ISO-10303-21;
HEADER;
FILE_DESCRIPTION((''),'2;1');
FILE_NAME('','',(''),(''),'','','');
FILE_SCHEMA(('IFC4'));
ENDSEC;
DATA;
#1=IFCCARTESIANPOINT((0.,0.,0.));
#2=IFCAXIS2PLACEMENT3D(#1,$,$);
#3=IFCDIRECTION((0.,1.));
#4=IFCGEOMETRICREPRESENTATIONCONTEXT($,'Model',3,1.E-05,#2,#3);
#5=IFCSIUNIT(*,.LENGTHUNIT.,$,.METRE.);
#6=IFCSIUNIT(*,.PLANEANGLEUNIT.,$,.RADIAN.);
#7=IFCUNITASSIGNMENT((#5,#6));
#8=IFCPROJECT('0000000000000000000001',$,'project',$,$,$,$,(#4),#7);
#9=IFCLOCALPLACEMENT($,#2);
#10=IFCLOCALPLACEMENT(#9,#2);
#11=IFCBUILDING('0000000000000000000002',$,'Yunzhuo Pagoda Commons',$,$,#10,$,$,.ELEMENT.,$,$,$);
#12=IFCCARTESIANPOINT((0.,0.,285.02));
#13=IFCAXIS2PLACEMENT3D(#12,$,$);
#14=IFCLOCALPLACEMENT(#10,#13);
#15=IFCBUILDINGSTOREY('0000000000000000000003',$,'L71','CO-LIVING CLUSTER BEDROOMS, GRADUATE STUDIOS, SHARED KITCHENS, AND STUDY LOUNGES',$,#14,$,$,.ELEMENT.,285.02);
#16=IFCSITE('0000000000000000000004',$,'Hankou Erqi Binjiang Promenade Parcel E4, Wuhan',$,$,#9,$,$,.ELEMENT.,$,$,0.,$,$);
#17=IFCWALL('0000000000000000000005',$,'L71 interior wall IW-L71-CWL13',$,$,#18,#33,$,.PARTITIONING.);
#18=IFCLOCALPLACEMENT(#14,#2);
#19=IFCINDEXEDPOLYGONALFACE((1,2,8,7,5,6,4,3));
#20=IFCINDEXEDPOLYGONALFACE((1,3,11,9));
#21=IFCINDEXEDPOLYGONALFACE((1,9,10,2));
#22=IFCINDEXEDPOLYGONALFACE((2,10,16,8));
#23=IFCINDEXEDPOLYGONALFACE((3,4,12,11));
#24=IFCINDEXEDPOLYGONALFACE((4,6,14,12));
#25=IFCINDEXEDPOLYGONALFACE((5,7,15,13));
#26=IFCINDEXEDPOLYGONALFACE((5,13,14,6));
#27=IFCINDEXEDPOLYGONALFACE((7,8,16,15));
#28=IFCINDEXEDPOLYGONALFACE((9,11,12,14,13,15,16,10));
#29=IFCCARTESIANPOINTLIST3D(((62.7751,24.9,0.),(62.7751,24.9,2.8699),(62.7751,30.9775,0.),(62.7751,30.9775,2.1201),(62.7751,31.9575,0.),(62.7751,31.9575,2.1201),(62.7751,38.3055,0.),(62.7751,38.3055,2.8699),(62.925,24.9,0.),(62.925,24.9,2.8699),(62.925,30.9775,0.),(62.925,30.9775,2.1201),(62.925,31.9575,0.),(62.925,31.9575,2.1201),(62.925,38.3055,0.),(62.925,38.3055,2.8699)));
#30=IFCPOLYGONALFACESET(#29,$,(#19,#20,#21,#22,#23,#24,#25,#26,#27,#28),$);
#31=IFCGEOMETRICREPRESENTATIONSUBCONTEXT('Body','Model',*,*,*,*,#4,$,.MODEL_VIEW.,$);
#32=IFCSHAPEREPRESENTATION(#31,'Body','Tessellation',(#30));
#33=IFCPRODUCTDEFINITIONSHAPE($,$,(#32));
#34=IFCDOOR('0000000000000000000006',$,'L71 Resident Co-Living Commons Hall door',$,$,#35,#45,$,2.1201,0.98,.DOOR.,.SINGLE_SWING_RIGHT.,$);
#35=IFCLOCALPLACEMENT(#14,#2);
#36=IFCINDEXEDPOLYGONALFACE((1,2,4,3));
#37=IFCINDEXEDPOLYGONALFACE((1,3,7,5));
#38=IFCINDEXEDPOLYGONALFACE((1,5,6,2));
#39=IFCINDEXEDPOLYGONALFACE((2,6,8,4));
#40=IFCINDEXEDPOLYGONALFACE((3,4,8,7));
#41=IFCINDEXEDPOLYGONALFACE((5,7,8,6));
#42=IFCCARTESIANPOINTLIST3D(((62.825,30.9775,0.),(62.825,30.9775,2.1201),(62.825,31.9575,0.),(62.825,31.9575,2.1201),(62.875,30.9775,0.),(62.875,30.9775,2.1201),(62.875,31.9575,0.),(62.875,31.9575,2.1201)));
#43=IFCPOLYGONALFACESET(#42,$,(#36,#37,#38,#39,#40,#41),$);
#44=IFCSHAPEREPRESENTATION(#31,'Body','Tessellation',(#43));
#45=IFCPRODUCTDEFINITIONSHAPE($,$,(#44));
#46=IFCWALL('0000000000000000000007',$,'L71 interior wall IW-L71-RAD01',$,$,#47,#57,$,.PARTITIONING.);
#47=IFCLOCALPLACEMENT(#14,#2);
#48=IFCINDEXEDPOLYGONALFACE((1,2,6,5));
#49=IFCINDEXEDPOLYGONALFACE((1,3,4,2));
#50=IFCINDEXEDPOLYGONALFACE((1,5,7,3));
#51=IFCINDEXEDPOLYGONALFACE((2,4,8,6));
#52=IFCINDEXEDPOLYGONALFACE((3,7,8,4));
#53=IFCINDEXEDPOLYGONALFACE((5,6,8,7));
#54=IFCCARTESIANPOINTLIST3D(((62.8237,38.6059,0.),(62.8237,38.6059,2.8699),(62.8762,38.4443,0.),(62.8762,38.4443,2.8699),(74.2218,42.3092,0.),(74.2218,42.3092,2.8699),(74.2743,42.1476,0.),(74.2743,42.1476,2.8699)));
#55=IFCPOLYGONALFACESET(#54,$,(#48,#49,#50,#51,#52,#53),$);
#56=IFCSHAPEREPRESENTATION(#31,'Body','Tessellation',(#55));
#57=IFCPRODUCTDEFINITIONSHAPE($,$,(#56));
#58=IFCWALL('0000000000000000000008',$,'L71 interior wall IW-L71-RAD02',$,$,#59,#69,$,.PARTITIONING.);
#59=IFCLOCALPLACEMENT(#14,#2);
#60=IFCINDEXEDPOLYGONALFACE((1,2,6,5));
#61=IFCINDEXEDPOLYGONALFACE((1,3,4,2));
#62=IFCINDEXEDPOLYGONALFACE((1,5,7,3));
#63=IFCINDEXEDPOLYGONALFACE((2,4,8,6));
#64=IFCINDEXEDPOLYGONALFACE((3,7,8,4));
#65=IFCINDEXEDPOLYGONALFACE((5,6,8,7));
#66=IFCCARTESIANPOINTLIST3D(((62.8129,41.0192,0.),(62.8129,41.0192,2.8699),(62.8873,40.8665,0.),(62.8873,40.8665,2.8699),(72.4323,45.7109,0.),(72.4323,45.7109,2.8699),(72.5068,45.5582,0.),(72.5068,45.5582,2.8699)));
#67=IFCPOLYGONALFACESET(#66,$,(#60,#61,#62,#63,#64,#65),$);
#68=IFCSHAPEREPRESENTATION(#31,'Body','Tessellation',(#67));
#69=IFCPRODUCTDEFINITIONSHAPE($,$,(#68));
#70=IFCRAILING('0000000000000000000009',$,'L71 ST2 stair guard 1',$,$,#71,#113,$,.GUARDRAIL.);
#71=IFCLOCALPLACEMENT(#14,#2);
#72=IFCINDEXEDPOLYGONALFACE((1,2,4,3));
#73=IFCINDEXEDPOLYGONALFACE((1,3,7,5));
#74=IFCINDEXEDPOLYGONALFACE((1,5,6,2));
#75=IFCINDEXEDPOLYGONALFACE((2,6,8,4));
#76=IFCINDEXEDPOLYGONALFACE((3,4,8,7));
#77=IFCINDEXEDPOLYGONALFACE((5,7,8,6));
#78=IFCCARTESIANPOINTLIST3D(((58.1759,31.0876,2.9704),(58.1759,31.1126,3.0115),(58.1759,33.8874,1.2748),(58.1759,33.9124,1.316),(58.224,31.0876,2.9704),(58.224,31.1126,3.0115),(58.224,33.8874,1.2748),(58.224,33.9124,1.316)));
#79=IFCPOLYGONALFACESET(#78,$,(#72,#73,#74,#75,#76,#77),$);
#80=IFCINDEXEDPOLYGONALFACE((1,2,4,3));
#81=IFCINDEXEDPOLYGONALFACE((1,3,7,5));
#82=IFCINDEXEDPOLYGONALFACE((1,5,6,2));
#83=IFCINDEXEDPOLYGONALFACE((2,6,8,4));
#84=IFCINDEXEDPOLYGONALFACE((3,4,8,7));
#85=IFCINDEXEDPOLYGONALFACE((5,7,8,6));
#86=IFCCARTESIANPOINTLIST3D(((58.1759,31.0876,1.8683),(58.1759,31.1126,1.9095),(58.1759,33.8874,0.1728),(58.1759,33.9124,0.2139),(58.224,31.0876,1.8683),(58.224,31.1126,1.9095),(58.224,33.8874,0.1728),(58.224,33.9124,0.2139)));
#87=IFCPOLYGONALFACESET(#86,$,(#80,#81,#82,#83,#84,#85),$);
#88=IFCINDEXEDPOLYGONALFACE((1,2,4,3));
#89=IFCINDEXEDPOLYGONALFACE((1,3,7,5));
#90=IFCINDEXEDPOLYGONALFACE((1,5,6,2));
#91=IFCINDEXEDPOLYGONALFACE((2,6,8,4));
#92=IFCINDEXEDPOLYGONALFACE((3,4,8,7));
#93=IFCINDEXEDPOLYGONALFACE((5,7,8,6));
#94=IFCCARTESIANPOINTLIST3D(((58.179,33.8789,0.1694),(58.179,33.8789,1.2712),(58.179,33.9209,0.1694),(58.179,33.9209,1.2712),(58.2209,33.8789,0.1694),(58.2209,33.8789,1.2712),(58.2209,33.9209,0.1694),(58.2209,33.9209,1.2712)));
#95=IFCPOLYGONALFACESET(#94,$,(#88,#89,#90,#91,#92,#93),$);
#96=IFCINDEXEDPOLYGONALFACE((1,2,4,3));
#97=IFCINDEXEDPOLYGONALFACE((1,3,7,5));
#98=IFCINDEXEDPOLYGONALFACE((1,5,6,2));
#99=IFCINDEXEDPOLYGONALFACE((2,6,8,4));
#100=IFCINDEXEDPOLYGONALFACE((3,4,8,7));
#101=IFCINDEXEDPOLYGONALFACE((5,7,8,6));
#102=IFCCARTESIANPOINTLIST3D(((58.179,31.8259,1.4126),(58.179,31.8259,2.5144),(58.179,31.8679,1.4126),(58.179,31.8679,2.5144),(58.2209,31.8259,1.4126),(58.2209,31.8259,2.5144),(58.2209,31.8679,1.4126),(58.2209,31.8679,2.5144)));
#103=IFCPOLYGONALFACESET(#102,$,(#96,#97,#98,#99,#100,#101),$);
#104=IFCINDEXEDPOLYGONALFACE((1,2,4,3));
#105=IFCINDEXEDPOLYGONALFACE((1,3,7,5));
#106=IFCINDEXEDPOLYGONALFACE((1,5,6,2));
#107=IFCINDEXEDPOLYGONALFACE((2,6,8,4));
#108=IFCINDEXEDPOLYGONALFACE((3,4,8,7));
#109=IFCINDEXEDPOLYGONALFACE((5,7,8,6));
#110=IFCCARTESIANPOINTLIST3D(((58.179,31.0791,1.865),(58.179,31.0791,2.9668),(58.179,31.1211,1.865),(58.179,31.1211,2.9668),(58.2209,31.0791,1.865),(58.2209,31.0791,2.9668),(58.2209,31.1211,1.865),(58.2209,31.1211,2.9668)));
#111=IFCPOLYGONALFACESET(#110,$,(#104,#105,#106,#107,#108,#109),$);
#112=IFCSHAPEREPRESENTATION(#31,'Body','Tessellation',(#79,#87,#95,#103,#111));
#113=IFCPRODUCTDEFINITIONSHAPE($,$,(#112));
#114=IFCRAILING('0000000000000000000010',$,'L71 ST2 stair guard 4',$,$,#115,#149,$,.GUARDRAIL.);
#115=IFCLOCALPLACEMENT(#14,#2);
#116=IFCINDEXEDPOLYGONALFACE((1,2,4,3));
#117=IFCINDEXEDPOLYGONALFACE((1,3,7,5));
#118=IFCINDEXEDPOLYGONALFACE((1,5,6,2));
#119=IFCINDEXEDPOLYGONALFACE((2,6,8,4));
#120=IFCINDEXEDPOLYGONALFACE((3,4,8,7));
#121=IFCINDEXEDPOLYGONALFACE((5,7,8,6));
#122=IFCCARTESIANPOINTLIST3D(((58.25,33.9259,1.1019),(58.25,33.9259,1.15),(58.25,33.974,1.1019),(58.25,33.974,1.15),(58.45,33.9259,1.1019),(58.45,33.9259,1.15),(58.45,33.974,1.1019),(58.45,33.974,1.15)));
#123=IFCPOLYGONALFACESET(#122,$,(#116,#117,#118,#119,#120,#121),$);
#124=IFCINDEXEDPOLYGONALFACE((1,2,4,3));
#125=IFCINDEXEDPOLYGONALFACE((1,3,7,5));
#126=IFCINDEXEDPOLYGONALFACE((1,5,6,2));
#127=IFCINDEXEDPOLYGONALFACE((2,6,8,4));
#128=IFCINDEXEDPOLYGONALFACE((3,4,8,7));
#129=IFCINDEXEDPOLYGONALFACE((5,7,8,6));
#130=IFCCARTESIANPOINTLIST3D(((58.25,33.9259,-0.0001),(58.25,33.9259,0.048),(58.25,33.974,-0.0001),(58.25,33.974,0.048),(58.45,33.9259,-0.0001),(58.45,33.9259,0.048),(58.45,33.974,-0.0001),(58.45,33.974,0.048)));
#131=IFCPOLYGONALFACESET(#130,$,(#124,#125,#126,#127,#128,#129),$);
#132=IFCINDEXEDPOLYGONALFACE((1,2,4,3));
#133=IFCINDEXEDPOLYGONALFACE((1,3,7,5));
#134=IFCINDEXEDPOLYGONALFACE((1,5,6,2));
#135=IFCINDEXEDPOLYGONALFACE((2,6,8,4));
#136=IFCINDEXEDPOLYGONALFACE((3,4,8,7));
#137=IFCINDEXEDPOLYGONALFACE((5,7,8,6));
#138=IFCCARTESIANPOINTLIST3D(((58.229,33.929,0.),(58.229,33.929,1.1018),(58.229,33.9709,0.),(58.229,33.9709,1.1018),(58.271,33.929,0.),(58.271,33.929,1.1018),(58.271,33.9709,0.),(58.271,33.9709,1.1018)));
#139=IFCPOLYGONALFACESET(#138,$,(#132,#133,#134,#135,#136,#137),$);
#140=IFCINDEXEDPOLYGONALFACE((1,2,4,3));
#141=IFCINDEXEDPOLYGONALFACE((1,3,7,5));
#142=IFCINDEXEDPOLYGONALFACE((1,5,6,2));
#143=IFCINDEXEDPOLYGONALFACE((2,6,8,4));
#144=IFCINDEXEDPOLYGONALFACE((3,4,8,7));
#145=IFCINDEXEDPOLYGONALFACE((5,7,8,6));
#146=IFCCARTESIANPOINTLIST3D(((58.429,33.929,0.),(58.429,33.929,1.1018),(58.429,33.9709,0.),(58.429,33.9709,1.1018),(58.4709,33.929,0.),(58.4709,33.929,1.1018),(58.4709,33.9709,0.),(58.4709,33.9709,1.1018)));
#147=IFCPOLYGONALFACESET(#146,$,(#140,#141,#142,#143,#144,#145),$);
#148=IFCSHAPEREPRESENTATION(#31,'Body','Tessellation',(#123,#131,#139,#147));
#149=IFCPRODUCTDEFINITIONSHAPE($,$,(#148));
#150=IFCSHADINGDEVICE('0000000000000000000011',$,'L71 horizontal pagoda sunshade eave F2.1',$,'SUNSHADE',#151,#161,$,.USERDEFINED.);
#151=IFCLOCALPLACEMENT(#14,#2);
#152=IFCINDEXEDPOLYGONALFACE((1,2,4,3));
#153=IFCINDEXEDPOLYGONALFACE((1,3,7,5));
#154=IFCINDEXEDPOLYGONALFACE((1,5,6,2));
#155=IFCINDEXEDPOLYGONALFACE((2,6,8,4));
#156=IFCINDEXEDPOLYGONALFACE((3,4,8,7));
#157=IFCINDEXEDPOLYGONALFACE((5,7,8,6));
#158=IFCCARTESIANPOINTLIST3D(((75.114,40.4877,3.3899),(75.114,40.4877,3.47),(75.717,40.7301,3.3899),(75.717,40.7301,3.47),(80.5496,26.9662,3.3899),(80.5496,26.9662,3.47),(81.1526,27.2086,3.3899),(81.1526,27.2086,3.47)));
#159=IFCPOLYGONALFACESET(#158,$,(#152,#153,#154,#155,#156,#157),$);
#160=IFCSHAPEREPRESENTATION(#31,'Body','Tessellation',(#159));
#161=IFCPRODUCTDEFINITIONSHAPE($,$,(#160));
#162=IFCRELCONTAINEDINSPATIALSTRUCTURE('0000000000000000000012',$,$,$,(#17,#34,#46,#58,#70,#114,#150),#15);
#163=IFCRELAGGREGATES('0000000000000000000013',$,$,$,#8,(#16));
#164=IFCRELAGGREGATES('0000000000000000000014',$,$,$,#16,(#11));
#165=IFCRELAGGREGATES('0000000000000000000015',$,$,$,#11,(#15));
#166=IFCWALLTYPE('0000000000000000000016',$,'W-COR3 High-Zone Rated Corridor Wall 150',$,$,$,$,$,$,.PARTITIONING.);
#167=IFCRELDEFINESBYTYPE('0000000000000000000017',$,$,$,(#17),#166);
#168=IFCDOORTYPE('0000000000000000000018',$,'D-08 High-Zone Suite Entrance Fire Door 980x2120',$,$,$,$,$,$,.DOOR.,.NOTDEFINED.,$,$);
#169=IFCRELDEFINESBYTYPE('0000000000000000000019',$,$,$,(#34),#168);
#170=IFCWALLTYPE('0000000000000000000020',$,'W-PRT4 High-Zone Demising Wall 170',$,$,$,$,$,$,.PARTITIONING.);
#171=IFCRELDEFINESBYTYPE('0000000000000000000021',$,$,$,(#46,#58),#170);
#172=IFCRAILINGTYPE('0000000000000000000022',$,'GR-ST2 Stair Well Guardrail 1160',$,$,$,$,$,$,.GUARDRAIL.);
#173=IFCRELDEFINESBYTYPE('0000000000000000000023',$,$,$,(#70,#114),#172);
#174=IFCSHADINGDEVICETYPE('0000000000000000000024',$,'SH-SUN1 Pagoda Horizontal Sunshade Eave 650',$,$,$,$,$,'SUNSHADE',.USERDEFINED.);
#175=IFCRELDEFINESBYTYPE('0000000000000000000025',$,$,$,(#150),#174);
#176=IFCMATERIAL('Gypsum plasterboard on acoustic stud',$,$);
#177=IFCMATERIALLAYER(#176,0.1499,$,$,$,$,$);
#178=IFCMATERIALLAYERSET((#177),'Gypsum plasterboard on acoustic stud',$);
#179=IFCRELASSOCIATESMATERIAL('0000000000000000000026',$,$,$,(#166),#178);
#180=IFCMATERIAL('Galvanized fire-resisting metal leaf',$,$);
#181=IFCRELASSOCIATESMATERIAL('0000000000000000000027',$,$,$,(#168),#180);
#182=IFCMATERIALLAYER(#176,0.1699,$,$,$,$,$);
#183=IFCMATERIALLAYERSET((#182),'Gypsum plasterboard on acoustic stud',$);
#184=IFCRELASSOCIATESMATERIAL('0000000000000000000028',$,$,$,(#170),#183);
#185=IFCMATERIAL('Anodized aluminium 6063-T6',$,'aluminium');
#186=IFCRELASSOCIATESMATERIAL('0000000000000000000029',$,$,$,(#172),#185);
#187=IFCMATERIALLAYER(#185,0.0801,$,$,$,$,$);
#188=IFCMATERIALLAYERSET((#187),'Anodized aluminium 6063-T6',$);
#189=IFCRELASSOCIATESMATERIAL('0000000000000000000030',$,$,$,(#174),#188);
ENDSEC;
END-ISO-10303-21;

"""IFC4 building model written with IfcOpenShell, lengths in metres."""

from ifc_helpers import new_model, si_unit, direction, frame, frame_2d, origin, origin_with_axes, origin_2d, place, context, subcontext, project, spatial, rectangle, extrude, source, transform, mapped, material, layer, layer_set, type_object, element, fill, save


model = new_model("IFC4")

# Units and contexts
model_context = context("Model", 3, precision=1e-05, world=origin(), true_north=direction((0.0, 1.0)))
body_context = subcontext(model_context, "Body", "Model", "MODEL_VIEW")
ifc_project = project(units=[si_unit("LENGTHUNIT", "METRE"), si_unit("PLANEANGLEUNIT", "RADIAN")], contexts=[model_context])

# Site, building, storey
site_placement = place(None, origin())
site = spatial("IfcSite", under=ifc_project, at=site_placement, Name="Hankou Erqi Binjiang Promenade Parcel E4, Wuhan", CompositionType="ELEMENT", RefElevation=0.0)
building_placement = place(site_placement, origin())
building = spatial("IfcBuilding", under=site, at=building_placement, Name="Yunzhuo Pagoda Commons", CompositionType="ELEMENT")
storey_placement = place(building_placement, frame((0.0, 0.0, 285.02)))
storey = spatial("IfcBuildingStorey", under=building, at=storey_placement, Name="L71", Description="CO-LIVING CLUSTER BEDROOMS, GRADUATE STUDIOS, SHARED KITCHENS, AND STUDY LOUNGES", CompositionType="ELEMENT", Elevation=285.02)

# Shared definitions
ifc_material_1 = material(Name="Anodized aluminium 6063-T6", Category="aluminium")

# Shared definitions
ifc_material_2 = material(Name="Gypsum plasterboard on acoustic stud")
ifc_layer_1 = layer(ifc_material_2, 0.1499)
ifc_layer_set_1 = layer_set([ifc_layer_1], Name="Gypsum plasterboard on acoustic stud")
wall_type_1 = type_object("IfcWallType", Name="W-COR3 High-Zone Rated Corridor Wall 150", PredefinedType="PARTITIONING", material=ifc_layer_set_1)

# Wall, opening, door
wall_1_placement = place(storey_placement, frame((62.8501, 38.3054, 0.0), z_axis=(0.0, 0.0, 1.0), x_axis=(0.0, -1.0, 0.0)))
wall_1 = element("IfcWall", 1, at=wall_1_placement, inside=storey, type_object=wall_type_1, Name="L71 interior wall IW-L71-CWL13", PredefinedType="PARTITIONING", context=body_context, shape_type="SweptSolid", body=[
    extrude(rectangle(XDim=13.4055, YDim=0.1499, at=frame_2d((6.7026, 0.0))), origin(), (0.0, 0.0, 1.0), 2.8699),
])
opening_1_placement = place(wall_1_placement, frame((6.3479, 0.0, 0.0)))
opening_1 = element("IfcOpeningElement", 2, at=opening_1_placement, cuts=wall_1, PredefinedType="OPENING", context=body_context, shape_type="SweptSolid", body=[
    extrude(rectangle(XDim=0.98, YDim=2.1201, at=frame_2d((0.49, 1.0601))), frame((0.0, 0.085, 0.0), z_axis=(0.0, -1.0, 0.0), x_axis=(1.0, 0.0, 0.0)), (0.0, 0.0, 1.0), 0.1699),
])
ifc_material_3 = material(Name="Galvanized fire-resisting metal leaf")
door_type_1 = type_object("IfcDoorType", Name="D-08 High-Zone Suite Entrance Fire Door 980x2120", OperationType="NOTDEFINED", PredefinedType="DOOR", material=ifc_material_3)
shared_shape_1 = source(origin(), body_context, "Body", "SweptSolid", [
    extrude(rectangle(XDim=0.98, YDim=2.1201, at=frame_2d((0.49, 1.0601))), frame((0.0, 0.0249, 0.0), z_axis=(0.0, -1.0, 0.0), x_axis=(1.0, 0.0, 0.0)), (0.0, 0.0, 1.0), 0.05),
])
door_1_placement = place(opening_1_placement, origin_with_axes())
door_1 = element("IfcDoor", 3, at=door_1_placement, inside=storey, type_object=door_type_1, Name="L71 Resident Co-Living Commons Hall door", OperationType="SINGLE_SWING_RIGHT", OverallHeight=2.1201, OverallWidth=0.98, PredefinedType="DOOR", context=body_context, shape_type="MappedRepresentation", body=[
    mapped(shared_shape_1, transform((0.0, 0.0, 0.0), scale=1.0)),
])
fill(opening_1, door_1)

# Walls
ifc_layer_2 = layer(ifc_material_2, 0.1699)
ifc_layer_set_2 = layer_set([ifc_layer_2], Name="Gypsum plasterboard on acoustic stud")
wall_type_2 = type_object("IfcWallType", Name="W-PRT4 High-Zone Demising Wall 170", PredefinedType="PARTITIONING", material=ifc_layer_set_2)
wall_2_placement = place(storey_placement, frame((62.8501, 38.5251, 0.0), z_axis=(0.0, 0.0, 1.0), x_axis=(0.95106, 0.309007, 0.0)))
element("IfcWall", 4, at=wall_2_placement, inside=storey, type_object=wall_type_2, Name="L71 interior wall IW-L71-RAD01", PredefinedType="PARTITIONING", context=body_context, shape_type="SweptSolid", body=[
    extrude(rectangle(XDim=11.9846, YDim=0.1699, at=frame_2d((5.9922, 0.0))), origin(), (0.0, 0.0, 1.0), 2.8699),
])
wall_3_placement = place(storey_placement, frame((62.8501, 40.9429, 0.0), z_axis=(0.0, 0.0, 1.0), x_axis=(0.898795, 0.438368, 0.0)))
element("IfcWall", 5, at=wall_3_placement, inside=storey, type_object=wall_type_2, Name="L71 interior wall IW-L71-RAD02", PredefinedType="PARTITIONING", context=body_context, shape_type="SweptSolid", body=[
    extrude(rectangle(XDim=10.7026, YDim=0.1699, at=frame_2d((5.3513, 0.0))), origin(), (0.0, 0.0, 1.0), 2.8699),
])

# Railings
railing_type = type_object("IfcRailingType", Name="GR-ST2 Stair Well Guardrail 1160", PredefinedType="GUARDRAIL", material=ifc_material_1)
railing_1_placement = place(storey_placement, frame((58.2, 33.8999, 0.1694)))
element("IfcRailing", 6, at=railing_1_placement, inside=storey, type_object=railing_type, Name="L71 ST2 stair guard 1", PredefinedType="GUARDRAIL", context=body_context, shape_type="SweptSolid", body=[
    extrude(rectangle(XDim=0.0481, YDim=0.0481, at=origin_2d()), frame((0.0, 0.0, 1.126), z_axis=(0.0, -0.855373, 0.518012), x_axis=(1.0, 0.0, 0.0)), (0.0, 0.0, 1.0), 3.2732),
    extrude(rectangle(XDim=0.0481, YDim=0.0481, at=origin_2d()), frame((0.0, 0.0, 0.0239), z_axis=(0.0, -0.855373, 0.518012), x_axis=(1.0, 0.0, 0.0)), (0.0, 0.0, 1.0), 3.2732),
    extrude(rectangle(XDim=0.042, YDim=0.042, at=origin_2d()), origin(), (0.0, 0.0, 1.0), 1.1018),
    extrude(rectangle(XDim=0.042, YDim=0.042, at=origin_2d()), frame((0.0, -2.053, 1.2432)), (0.0, 0.0, 1.0), 1.1018),
    extrude(rectangle(XDim=0.042, YDim=0.042, at=origin_2d()), frame((0.0, -2.7998, 1.6956)), (0.0, 0.0, 1.0), 1.1018),
])
railing_2_placement = place(storey_placement, frame((58.25, 33.95, 0.0)))
element("IfcRailing", 7, at=railing_2_placement, inside=storey, type_object=railing_type, Name="L71 ST2 stair guard 4", PredefinedType="GUARDRAIL", context=body_context, shape_type="SweptSolid", body=[
    extrude(rectangle(XDim=0.0481, YDim=0.0481, at=origin_2d()), frame((0.0, 0.0, 1.126), z_axis=(1.0, 0.0, 0.0), x_axis=(0.0, 1.0, 0.0)), (0.0, 0.0, 1.0), 0.2),
    extrude(rectangle(XDim=0.0481, YDim=0.0481, at=origin_2d()), frame((0.0, 0.0, 0.0239), z_axis=(1.0, 0.0, 0.0), x_axis=(0.0, 1.0, 0.0)), (0.0, 0.0, 1.0), 0.2),
    extrude(rectangle(XDim=0.042, YDim=0.042, at=origin_2d()), origin(), (0.0, 0.0, 1.0), 1.1018),
    extrude(rectangle(XDim=0.042, YDim=0.042, at=origin_2d()), frame((0.2, 0.0, 0.0)), (0.0, 0.0, 1.0), 1.1018),
])

# Shading device
ifc_layer_3 = layer(ifc_material_1, 0.0801)
ifc_layer_set_3 = layer_set([ifc_layer_3], Name="Anodized aluminium 6063-T6")
shading_device_type = type_object("IfcShadingDeviceType", Name="SH-SUN1 Pagoda Horizontal Sunshade Eave 650", ElementType="SUNSHADE", PredefinedType="USERDEFINED", material=ifc_layer_set_3)
shared_shape_2 = source(origin(), body_context, "Body", "SweptSolid", [
    extrude(rectangle(XDim=14.5732, YDim=0.6499, at=origin_2d()), origin(), (0.0, 0.0, 1.0), 0.0801),
])
shading_device_placement = place(storey_placement, frame((78.1333, 33.8481, 3.3899), z_axis=(0.0, 0.0, 1.0), x_axis=(-0.372988, 0.927836, 0.0)))
element("IfcShadingDevice", 8, at=shading_device_placement, inside=storey, type_object=shading_device_type, Name="L71 horizontal pagoda sunshade eave F2.1", ObjectType="SUNSHADE", PredefinedType="USERDEFINED", context=body_context, shape_type="MappedRepresentation", body=[
    mapped(shared_shape_2, transform((0.0, 0.0, 0.0), scale=1.0)),
])

save(model, "model.ifc")
